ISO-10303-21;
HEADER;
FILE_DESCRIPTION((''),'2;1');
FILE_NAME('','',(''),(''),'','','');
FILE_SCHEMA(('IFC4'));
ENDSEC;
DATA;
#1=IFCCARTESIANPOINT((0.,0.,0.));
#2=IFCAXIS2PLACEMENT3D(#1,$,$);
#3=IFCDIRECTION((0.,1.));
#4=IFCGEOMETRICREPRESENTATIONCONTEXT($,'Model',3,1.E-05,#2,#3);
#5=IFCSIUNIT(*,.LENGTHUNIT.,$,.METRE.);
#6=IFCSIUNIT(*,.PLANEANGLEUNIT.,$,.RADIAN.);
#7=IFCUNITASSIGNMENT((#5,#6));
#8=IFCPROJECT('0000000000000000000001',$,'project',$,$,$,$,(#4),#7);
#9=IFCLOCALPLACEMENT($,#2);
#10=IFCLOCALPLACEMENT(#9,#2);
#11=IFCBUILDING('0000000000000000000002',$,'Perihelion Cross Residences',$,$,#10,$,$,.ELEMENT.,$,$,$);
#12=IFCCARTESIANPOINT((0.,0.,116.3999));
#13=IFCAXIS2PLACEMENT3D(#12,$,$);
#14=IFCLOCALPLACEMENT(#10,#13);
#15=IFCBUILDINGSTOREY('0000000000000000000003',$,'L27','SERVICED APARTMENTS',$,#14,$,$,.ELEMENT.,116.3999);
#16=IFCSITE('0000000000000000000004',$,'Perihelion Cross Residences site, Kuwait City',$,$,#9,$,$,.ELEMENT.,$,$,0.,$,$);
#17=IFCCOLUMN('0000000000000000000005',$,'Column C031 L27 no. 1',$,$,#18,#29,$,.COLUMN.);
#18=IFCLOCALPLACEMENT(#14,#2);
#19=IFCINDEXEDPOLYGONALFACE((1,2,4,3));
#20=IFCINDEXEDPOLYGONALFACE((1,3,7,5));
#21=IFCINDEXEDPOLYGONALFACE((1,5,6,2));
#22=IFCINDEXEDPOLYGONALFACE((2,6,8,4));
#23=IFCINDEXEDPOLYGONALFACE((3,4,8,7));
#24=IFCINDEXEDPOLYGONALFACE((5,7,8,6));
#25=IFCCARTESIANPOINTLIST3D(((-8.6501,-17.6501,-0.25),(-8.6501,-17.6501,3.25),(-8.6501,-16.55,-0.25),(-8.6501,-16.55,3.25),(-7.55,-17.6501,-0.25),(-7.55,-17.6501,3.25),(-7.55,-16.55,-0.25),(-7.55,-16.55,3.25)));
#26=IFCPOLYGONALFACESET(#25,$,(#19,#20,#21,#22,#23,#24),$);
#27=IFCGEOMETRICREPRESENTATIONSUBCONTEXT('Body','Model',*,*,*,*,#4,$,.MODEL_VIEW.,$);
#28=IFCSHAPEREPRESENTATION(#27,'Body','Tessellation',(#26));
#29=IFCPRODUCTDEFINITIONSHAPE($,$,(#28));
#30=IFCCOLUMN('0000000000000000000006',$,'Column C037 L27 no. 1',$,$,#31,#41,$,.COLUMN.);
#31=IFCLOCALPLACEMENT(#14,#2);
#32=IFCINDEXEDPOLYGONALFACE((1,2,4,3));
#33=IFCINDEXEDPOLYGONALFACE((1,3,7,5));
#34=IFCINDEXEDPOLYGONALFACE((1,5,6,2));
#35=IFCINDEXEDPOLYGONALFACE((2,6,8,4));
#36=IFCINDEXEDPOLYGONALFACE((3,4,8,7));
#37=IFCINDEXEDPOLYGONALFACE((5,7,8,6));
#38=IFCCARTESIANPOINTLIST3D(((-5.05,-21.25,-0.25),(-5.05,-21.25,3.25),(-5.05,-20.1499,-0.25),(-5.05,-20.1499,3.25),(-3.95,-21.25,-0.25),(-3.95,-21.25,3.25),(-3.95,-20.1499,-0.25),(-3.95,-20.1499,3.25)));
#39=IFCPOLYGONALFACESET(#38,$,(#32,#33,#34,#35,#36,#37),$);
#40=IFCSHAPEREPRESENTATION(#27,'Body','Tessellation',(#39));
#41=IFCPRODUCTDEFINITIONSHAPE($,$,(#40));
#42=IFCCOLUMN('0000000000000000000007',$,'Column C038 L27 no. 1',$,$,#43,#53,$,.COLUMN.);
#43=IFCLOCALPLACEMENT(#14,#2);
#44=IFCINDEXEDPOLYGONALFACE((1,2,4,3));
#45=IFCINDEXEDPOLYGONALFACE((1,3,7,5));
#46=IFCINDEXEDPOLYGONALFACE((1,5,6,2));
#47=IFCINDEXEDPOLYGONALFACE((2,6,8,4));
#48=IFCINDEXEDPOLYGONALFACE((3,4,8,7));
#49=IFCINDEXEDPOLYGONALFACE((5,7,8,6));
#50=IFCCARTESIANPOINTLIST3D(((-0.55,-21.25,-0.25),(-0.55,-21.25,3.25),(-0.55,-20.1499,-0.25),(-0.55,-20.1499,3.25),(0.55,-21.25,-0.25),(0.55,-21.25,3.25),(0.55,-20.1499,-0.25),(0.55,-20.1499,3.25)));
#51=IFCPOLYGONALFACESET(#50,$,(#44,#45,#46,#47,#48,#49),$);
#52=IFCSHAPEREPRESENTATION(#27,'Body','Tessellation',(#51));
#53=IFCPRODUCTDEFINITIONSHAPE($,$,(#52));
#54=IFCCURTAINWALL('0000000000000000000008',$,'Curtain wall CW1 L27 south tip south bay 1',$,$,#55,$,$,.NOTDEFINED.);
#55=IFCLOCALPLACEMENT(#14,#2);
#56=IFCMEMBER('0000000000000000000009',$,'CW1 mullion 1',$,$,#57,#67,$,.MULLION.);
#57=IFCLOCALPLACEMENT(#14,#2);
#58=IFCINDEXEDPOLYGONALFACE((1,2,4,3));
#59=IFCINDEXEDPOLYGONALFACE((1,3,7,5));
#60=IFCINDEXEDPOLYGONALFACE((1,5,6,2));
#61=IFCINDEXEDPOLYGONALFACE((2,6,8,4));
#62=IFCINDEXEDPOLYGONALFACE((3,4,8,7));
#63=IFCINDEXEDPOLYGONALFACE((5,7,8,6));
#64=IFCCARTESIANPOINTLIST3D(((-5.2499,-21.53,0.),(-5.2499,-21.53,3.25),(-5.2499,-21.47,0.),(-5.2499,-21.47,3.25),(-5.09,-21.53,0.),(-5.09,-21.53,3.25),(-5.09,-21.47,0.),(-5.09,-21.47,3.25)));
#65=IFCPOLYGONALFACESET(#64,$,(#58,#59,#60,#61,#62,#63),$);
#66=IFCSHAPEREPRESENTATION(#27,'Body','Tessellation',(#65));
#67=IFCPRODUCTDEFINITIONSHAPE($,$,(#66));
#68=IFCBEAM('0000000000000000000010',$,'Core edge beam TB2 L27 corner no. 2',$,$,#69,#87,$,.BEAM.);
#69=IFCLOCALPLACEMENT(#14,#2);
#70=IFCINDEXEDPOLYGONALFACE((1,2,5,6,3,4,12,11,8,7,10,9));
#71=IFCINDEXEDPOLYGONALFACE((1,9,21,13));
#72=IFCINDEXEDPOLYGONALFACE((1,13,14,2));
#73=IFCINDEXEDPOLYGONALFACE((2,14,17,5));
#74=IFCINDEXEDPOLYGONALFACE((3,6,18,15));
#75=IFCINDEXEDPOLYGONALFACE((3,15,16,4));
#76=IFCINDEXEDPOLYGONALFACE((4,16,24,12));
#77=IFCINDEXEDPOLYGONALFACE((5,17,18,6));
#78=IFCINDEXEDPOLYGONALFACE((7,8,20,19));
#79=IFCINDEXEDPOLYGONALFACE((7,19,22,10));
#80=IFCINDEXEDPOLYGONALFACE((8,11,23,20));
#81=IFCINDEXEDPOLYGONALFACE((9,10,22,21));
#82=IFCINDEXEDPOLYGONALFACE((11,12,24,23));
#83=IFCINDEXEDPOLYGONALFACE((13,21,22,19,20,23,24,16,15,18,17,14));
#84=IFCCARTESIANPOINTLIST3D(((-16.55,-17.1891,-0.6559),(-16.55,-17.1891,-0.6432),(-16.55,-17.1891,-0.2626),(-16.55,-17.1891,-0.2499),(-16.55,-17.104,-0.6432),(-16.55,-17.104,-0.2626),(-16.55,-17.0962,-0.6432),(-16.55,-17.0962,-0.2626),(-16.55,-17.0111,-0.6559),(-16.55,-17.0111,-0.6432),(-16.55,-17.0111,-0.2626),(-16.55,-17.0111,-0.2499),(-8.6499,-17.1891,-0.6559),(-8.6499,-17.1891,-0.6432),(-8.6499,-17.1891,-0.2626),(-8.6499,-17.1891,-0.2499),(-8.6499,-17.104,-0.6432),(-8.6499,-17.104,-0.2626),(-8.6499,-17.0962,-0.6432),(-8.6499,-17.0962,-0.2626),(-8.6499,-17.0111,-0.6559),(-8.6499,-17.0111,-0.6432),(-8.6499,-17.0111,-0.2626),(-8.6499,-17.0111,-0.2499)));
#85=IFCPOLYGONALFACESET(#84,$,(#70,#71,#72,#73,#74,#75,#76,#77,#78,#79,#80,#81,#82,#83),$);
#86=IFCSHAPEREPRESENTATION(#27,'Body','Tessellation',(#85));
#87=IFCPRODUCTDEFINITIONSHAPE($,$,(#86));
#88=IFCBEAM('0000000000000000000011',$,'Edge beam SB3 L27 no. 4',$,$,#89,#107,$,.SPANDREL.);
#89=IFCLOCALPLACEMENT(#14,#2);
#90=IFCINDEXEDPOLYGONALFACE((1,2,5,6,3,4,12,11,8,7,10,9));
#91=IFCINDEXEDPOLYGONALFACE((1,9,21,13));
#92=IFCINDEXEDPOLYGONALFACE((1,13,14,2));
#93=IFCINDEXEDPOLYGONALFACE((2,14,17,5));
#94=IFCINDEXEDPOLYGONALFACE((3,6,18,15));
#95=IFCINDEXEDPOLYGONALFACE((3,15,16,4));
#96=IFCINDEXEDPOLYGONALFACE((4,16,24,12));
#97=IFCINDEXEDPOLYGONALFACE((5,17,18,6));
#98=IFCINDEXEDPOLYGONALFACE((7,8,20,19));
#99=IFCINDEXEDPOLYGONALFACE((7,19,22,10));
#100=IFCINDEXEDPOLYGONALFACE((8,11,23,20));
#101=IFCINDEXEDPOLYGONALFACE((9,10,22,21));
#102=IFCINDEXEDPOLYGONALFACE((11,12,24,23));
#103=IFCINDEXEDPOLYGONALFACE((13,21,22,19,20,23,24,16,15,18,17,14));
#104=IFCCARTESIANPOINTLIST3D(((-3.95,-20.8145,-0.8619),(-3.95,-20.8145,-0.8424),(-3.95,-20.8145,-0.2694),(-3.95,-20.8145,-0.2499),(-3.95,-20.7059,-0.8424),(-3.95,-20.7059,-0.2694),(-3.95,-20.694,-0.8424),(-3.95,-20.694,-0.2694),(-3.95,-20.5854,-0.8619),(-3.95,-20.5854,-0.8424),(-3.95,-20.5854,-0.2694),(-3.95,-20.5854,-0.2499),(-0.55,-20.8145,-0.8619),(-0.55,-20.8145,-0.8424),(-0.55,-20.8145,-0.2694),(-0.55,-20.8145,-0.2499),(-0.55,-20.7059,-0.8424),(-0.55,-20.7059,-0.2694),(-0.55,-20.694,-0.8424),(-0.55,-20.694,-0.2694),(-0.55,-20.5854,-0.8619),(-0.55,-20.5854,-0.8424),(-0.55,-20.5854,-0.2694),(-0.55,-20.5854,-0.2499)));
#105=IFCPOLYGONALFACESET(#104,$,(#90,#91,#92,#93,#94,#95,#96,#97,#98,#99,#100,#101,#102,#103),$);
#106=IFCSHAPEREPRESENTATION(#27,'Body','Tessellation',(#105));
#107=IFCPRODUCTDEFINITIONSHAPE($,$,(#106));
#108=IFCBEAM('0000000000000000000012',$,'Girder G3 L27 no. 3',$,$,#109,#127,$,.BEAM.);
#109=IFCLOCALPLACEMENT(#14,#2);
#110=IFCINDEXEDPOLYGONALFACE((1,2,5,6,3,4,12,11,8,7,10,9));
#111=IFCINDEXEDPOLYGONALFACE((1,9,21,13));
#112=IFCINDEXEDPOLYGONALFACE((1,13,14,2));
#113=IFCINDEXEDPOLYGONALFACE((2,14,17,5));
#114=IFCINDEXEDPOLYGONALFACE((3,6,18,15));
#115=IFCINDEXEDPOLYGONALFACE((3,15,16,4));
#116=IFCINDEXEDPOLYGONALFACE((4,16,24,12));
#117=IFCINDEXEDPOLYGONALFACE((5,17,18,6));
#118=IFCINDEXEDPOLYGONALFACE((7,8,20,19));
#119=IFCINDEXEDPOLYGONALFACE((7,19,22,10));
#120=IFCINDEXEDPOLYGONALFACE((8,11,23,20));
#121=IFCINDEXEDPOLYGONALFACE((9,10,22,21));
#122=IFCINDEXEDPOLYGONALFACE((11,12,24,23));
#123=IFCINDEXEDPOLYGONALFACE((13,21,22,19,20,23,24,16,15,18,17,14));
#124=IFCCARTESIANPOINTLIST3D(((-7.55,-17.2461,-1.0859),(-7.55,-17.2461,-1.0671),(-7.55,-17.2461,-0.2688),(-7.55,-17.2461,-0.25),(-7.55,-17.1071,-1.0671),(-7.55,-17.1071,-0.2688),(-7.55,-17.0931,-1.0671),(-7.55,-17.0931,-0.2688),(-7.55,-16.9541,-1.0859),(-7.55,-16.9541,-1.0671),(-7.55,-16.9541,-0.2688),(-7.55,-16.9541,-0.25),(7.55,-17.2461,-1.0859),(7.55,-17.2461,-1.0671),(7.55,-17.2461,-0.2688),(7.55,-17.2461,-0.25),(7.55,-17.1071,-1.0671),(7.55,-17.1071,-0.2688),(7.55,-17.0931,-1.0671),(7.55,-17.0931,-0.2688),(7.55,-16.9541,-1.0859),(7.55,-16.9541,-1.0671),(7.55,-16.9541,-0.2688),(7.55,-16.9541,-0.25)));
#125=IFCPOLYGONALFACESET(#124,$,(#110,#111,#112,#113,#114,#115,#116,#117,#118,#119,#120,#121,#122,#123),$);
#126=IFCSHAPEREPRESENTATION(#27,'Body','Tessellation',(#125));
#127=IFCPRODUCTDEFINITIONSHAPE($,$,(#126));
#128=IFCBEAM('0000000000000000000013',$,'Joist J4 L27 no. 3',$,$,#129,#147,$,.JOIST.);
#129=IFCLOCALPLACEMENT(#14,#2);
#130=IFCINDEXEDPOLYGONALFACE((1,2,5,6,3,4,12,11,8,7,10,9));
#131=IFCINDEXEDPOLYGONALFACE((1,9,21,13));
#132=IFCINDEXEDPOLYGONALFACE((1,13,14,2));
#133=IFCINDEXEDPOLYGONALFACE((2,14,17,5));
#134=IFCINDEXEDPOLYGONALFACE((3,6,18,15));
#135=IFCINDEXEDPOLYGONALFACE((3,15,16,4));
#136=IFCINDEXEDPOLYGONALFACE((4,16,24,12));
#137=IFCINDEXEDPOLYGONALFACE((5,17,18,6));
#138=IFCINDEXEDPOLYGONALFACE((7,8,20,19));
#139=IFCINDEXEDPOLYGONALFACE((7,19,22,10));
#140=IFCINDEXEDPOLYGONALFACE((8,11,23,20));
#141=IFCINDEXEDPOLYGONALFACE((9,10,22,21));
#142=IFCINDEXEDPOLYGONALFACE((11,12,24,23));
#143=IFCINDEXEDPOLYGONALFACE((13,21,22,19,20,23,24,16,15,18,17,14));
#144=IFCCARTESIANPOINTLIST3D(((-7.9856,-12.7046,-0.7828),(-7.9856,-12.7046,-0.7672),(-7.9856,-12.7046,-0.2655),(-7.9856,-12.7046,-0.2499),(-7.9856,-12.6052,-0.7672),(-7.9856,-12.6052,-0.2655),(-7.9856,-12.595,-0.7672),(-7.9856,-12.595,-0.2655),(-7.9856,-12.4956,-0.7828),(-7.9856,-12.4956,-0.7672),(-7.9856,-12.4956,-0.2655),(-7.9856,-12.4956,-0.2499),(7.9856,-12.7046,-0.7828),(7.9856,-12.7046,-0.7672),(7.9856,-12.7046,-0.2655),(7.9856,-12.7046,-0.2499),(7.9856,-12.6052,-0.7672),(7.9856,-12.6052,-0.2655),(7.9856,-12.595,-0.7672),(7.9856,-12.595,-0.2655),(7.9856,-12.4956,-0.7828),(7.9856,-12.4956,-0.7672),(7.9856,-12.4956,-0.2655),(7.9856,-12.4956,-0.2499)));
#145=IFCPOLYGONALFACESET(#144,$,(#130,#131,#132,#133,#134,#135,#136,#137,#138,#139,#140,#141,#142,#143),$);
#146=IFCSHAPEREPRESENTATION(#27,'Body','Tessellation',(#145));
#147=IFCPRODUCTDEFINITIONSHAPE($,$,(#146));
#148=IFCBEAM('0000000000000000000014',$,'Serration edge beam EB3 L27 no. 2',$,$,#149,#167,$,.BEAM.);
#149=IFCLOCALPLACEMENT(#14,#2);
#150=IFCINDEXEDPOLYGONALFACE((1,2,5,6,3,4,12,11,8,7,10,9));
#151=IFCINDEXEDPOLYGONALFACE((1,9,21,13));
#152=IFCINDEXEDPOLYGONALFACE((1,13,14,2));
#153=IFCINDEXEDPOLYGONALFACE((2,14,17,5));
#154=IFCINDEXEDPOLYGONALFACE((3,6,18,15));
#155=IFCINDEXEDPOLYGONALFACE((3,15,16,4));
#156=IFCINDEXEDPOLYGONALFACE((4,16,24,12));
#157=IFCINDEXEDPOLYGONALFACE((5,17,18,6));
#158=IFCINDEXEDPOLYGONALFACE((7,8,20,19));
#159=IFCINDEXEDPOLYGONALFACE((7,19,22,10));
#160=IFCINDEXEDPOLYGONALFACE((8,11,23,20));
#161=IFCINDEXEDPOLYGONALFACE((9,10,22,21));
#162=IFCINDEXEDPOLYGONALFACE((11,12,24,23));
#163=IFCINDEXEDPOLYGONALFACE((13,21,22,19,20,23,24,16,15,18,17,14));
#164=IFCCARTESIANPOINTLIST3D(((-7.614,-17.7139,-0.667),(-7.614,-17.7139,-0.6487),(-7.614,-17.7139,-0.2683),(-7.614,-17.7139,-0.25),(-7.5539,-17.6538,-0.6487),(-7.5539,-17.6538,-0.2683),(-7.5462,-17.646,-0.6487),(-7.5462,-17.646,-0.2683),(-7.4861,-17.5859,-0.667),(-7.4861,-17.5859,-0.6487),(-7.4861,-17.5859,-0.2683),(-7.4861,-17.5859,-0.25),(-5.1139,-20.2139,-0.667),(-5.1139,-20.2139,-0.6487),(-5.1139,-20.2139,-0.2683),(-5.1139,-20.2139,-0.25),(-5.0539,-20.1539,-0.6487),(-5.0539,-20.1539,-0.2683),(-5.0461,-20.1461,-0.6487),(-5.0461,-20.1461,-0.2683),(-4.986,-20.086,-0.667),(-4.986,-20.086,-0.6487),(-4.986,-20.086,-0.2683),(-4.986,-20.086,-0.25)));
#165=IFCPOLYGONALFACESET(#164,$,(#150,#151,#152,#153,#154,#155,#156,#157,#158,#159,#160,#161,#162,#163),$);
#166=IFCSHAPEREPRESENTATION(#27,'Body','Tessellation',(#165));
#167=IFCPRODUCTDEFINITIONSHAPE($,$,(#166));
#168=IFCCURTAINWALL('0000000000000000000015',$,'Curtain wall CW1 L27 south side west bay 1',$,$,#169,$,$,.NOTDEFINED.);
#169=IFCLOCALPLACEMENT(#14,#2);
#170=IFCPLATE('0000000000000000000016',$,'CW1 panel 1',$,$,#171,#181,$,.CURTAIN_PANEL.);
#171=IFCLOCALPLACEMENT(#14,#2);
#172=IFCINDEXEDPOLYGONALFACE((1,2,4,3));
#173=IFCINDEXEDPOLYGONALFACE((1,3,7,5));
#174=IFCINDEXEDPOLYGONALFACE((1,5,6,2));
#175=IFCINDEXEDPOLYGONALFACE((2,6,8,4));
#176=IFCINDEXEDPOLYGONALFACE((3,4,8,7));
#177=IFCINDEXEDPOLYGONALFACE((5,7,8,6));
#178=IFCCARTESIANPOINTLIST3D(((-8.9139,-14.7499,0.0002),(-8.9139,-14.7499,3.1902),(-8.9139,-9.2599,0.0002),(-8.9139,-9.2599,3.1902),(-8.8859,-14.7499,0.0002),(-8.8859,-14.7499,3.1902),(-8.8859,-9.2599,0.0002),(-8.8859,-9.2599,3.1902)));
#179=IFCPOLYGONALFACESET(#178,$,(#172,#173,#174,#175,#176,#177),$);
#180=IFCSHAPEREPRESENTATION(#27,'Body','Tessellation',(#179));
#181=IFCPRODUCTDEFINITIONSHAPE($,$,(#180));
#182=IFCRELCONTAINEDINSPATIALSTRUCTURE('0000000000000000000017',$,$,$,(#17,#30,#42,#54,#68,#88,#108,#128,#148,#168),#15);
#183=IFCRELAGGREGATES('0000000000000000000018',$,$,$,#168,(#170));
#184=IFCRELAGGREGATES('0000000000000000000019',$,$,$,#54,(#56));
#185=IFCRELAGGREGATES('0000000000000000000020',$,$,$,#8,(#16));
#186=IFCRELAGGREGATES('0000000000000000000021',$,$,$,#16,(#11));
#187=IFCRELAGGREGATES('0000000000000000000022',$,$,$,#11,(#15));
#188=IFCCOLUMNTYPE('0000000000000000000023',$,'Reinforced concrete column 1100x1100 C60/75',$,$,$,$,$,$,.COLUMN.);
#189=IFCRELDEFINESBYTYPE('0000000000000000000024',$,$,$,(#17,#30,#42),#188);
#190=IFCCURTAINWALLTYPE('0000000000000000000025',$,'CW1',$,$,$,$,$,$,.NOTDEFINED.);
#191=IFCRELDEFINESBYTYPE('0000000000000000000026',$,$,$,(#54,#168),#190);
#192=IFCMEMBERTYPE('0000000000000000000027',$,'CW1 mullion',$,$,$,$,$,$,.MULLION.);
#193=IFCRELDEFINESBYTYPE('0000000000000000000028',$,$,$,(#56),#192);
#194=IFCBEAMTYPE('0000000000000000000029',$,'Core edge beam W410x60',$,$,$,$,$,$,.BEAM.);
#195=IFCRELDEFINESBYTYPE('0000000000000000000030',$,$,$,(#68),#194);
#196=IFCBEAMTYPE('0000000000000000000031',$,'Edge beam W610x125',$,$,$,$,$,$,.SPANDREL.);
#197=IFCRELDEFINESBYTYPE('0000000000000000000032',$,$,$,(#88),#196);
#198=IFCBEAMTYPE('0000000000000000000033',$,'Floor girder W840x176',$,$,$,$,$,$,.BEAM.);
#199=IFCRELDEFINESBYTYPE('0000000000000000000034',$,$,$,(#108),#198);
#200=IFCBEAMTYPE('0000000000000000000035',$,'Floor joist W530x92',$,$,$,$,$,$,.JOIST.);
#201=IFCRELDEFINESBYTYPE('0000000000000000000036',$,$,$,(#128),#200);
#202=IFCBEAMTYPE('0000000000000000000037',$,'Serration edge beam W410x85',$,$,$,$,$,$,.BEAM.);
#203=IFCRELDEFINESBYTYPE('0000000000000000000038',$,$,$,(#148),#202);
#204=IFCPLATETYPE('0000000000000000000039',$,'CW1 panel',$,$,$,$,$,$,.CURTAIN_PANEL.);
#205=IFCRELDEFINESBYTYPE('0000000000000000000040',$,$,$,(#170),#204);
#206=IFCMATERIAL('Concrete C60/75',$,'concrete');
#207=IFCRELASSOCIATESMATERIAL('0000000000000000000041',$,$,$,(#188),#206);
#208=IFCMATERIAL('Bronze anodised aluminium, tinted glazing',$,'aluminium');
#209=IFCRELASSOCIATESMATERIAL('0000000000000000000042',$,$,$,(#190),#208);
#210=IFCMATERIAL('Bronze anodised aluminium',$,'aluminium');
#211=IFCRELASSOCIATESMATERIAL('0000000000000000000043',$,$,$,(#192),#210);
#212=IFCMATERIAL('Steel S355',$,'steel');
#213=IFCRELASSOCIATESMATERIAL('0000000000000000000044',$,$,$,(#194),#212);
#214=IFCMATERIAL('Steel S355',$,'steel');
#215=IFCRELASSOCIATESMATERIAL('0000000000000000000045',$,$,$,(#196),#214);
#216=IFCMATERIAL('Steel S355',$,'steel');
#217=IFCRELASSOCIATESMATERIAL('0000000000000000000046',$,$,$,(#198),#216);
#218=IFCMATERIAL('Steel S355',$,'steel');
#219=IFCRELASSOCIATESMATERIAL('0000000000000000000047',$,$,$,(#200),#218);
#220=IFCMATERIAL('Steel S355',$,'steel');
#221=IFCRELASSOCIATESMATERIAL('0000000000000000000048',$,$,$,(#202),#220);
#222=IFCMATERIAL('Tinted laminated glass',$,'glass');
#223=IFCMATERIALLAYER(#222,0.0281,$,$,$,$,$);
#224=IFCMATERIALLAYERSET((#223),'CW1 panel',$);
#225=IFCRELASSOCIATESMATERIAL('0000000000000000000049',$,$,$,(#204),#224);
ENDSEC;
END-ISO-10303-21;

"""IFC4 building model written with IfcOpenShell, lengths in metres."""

from ifc_helpers import new_model, si_unit, direction, frame, origin, origin_2d, place, context, subcontext, project, spatial, rectangle, i_section, extrude, material, layer, layer_set, material_profile, profile_set, type_object, element, aggregate, save


model = new_model("IFC4")

# Units and contexts
model_context = context("Model", 3, precision=1e-05, world=origin(), true_north=direction((0.0, 1.0)))
body_context = subcontext(model_context, "Body", "Model", "MODEL_VIEW")
ifc_project = project(units=[si_unit("LENGTHUNIT", "METRE"), si_unit("PLANEANGLEUNIT", "RADIAN")], contexts=[model_context])

# Site, building, storey
site_placement = place(None, origin())
site = spatial("IfcSite", under=ifc_project, at=site_placement, Name="Perihelion Cross Residences site, Kuwait City", CompositionType="ELEMENT", RefElevation=0.0)
building_placement = place(site_placement, origin())
building = spatial("IfcBuilding", under=site, at=building_placement, Name="Perihelion Cross Residences", CompositionType="ELEMENT")
storey_placement = place(building_placement, frame((0.0, 0.0, 116.3999)))
storey = spatial("IfcBuildingStorey", under=building, at=storey_placement, Name="L27", Description="SERVICED APARTMENTS", CompositionType="ELEMENT", Elevation=116.3999)

# Columns
ifc_material_1 = material(Name="Concrete C60/75", Category="concrete")
ifc_material_profile_1 = material_profile(ifc_material_1, rectangle(XDim=1.1001, YDim=1.1001, at=origin_2d()), Name="RC 1100x1100")
ifc_profile_set_1 = profile_set([ifc_material_profile_1], Name="Concrete C60/75")
column_type = type_object("IfcColumnType", Name="Reinforced concrete column 1100x1100 C60/75", PredefinedType="COLUMN", material=ifc_profile_set_1)
for number, where, z_axis, x_axis, name in (
    (1, (-8.1001, -17.1001, -0.25), (0.0, 0.0, 1.0), (1.0, 0.0, 0.0), "Column C031 L27 no. 1"),
    (2, (-4.5, -20.7, -0.25), (0.0, 0.0, 1.0), (1.0, 0.0, 0.0), "Column C037 L27 no. 1"),
    (3, (0.0, -20.7, -0.25), (0.0, 0.0, 1.0), (1.0, 0.0, 0.0), "Column C038 L27 no. 1"),
):
    element("IfcColumn", number, at=place(storey_placement, frame(where, z_axis=z_axis, x_axis=x_axis)), inside=storey, type_object=column_type, Name=name, PredefinedType="COLUMN", context=body_context, shape_type="SweptSolid", body=[
        extrude(rectangle(XDim=1.1001, YDim=1.1001, at=origin_2d()), origin(), (0.0, 0.0, 1.0), 3.5),
    ])

# Curtain wall, member
ifc_material_2 = material(Name="Bronze anodised aluminium, tinted glazing", Category="aluminium")
curtain_wall_type = type_object("IfcCurtainWallType", Name="CW1", PredefinedType="NOTDEFINED", material=ifc_material_2)
curtain_wall_1_placement = place(storey_placement, origin())
curtain_wall_1 = element("IfcCurtainWall", 4, at=curtain_wall_1_placement, inside=storey, type_object=curtain_wall_type, Name="Curtain wall CW1 L27 south tip south bay 1", PredefinedType="NOTDEFINED")
ifc_material_3 = material(Name="Bronze anodised aluminium", Category="aluminium")
ifc_material_profile_2 = material_profile(ifc_material_3, rectangle(XDim=0.0601, YDim=0.1599, at=origin_2d()), Name="CW1 mullion")
ifc_profile_set_2 = profile_set([ifc_material_profile_2], Name="Bronze anodised aluminium")
member_type = type_object("IfcMemberType", Name="CW1 mullion", PredefinedType="MULLION", material=ifc_profile_set_2)
member_placement = place(storey_placement, frame((-5.1699, -21.5, 0.0), z_axis=(0.0, 0.0, 1.0), x_axis=(0.0, 1.0, 0.0)))
member = element("IfcMember", 5, at=member_placement, type_object=member_type, Name="CW1 mullion 1", PredefinedType="MULLION", context=body_context, shape_type="SweptSolid", body=[
    extrude(rectangle(XDim=0.0601, YDim=0.1599, at=origin_2d()), origin(), (0.0, 0.0, 1.0), 3.25),
])

# Beams
ifc_material_4 = material(Name="Steel S355", Category="steel")
ifc_material_profile_3 = material_profile(ifc_material_4, i_section(OverallWidth=0.178, OverallDepth=0.406, WebThickness=0.0078, FlangeThickness=0.0127, at=origin_2d()), Name="W410x60")
ifc_profile_set_3 = profile_set([ifc_material_profile_3], Name="Steel S355")
beam_type_1 = type_object("IfcBeamType", Name="Core edge beam W410x60", PredefinedType="BEAM", material=ifc_profile_set_3)
beam_1_placement = place(storey_placement, frame((-8.6499, -17.1001, -0.4529), z_axis=(-1.0, 0.0, 0.0), x_axis=(0.0, -1.0, 0.0)))
element("IfcBeam", 6, at=beam_1_placement, inside=storey, type_object=beam_type_1, Name="Core edge beam TB2 L27 corner no. 2", PredefinedType="BEAM", context=body_context, shape_type="SweptSolid", body=[
    extrude(i_section(OverallWidth=0.178, OverallDepth=0.406, WebThickness=0.0078, FlangeThickness=0.0127, at=origin_2d()), origin(), (0.0, 0.0, 1.0), 7.9001),
])
ifc_material_5 = material(Name="Steel S355", Category="steel")
ifc_material_profile_4 = material_profile(ifc_material_5, i_section(OverallWidth=0.229, OverallDepth=0.6121, WebThickness=0.012, FlangeThickness=0.0195, at=origin_2d()), Name="W610x125")
ifc_profile_set_4 = profile_set([ifc_material_profile_4], Name="Steel S355")
beam_type_2 = type_object("IfcBeamType", Name="Edge beam W610x125", PredefinedType="SPANDREL", material=ifc_profile_set_4)
beam_2_placement = place(storey_placement, frame((-3.95, -20.7, -0.5559), z_axis=(1.0, 0.0, 0.0), x_axis=(0.0, 1.0, 0.0)))
element("IfcBeam", 7, at=beam_2_placement, inside=storey, type_object=beam_type_2, Name="Edge beam SB3 L27 no. 4", PredefinedType="SPANDREL", context=body_context, shape_type="SweptSolid", body=[
    extrude(i_section(OverallWidth=0.229, OverallDepth=0.6121, WebThickness=0.012, FlangeThickness=0.0195, at=origin_2d()), origin(), (0.0, 0.0, 1.0), 3.3999),
])
ifc_material_6 = material(Name="Steel S355", Category="steel")
ifc_material_profile_5 = material_profile(ifc_material_6, i_section(OverallWidth=0.292, OverallDepth=0.8359, WebThickness=0.0139, FlangeThickness=0.0188, at=origin_2d()), Name="W840x176")
ifc_profile_set_5 = profile_set([ifc_material_profile_5], Name="Steel S355")
beam_type_3 = type_object("IfcBeamType", Name="Floor girder W840x176", PredefinedType="BEAM", material=ifc_profile_set_5)
beam_3_placement = place(storey_placement, frame((-7.55, -17.1001, -0.668), z_axis=(1.0, 0.0, 0.0), x_axis=(0.0, 1.0, 0.0)))
element("IfcBeam", 8, at=beam_3_placement, inside=storey, type_object=beam_type_3, Name="Girder G3 L27 no. 3", PredefinedType="BEAM", context=body_context, shape_type="SweptSolid", body=[
    extrude(i_section(OverallWidth=0.292, OverallDepth=0.8359, WebThickness=0.0139, FlangeThickness=0.0188, at=origin_2d()), origin(), (0.0, 0.0, 1.0), 15.1001),
])
ifc_material_7 = material(Name="Steel S355", Category="steel")
ifc_material_profile_6 = material_profile(ifc_material_7, i_section(OverallWidth=0.209, OverallDepth=0.533, WebThickness=0.0103, FlangeThickness=0.0156, at=origin_2d()), Name="W530x92")
ifc_profile_set_6 = profile_set([ifc_material_profile_6], Name="Steel S355")
beam_type_4 = type_object("IfcBeamType", Name="Floor joist W530x92", PredefinedType="JOIST", material=ifc_profile_set_6)
beam_4_placement = place(storey_placement, frame((-7.9856, -12.6001, -0.5164), z_axis=(1.0, 0.0, 0.0), x_axis=(0.0, 1.0, 0.0)))
element("IfcBeam", 9, at=beam_4_placement, inside=storey, type_object=beam_type_4, Name="Joist J4 L27 no. 3", PredefinedType="JOIST", context=body_context, shape_type="SweptSolid", body=[
    extrude(i_section(OverallWidth=0.209, OverallDepth=0.533, WebThickness=0.0103, FlangeThickness=0.0156, at=origin_2d()), origin(), (0.0, 0.0, 1.0), 15.9712),
])
ifc_material_8 = material(Name="Steel S355", Category="steel")
ifc_material_profile_7 = material_profile(ifc_material_8, i_section(OverallWidth=0.1809, OverallDepth=0.417, WebThickness=0.011, FlangeThickness=0.0183, at=origin_2d()), Name="W410x85")
ifc_profile_set_7 = profile_set([ifc_material_profile_7], Name="Steel S355")
beam_type_5 = type_object("IfcBeamType", Name="Serration edge beam W410x85", PredefinedType="BEAM", material=ifc_profile_set_7)
beam_5_placement = place(storey_placement, frame((-7.55, -17.6499, -0.4585), z_axis=(0.707107, -0.707107, 0.0), x_axis=(0.707107, 0.707107, 0.0)))
element("IfcBeam", 10, at=beam_5_placement, inside=storey, type_object=beam_type_5, Name="Serration edge beam EB3 L27 no. 2", PredefinedType="BEAM", context=body_context, shape_type="SweptSolid", body=[
    extrude(i_section(OverallWidth=0.1809, OverallDepth=0.417, WebThickness=0.011, FlangeThickness=0.0183, at=origin_2d()), origin(), (0.0, 0.0, 1.0), 3.5356),
])

# Curtain wall, plate
curtain_wall_2_placement = place(storey_placement, origin())
curtain_wall_2 = element("IfcCurtainWall", 11, at=curtain_wall_2_placement, inside=storey, type_object=curtain_wall_type, Name="Curtain wall CW1 L27 south side west bay 1", PredefinedType="NOTDEFINED")
ifc_material_9 = material(Name="Tinted laminated glass", Category="glass")
ifc_layer_1 = layer(ifc_material_9, 0.0281)
ifc_layer_set_1 = layer_set([ifc_layer_1], Name="CW1 panel")
plate_type = type_object("IfcPlateType", Name="CW1 panel", PredefinedType="CURTAIN_PANEL", material=ifc_layer_set_1)
plate_1_placement = place(storey_placement, frame((-8.8999, -12.0049, 0.0002), z_axis=(0.0, 0.0, 1.0), x_axis=(0.0, -1.0, 0.0)))
plate_1 = element("IfcPlate", 12, at=plate_1_placement, type_object=plate_type, Name="CW1 panel 1", PredefinedType="CURTAIN_PANEL", context=body_context, shape_type="SweptSolid", body=[
    extrude(rectangle(XDim=5.49, YDim=0.0281, at=origin_2d()), origin(), (0.0, 0.0, 1.0), 3.1899),
])
aggregate(curtain_wall_2, [plate_1])

aggregate(curtain_wall_1, [member])

save(model, "model.ifc")
